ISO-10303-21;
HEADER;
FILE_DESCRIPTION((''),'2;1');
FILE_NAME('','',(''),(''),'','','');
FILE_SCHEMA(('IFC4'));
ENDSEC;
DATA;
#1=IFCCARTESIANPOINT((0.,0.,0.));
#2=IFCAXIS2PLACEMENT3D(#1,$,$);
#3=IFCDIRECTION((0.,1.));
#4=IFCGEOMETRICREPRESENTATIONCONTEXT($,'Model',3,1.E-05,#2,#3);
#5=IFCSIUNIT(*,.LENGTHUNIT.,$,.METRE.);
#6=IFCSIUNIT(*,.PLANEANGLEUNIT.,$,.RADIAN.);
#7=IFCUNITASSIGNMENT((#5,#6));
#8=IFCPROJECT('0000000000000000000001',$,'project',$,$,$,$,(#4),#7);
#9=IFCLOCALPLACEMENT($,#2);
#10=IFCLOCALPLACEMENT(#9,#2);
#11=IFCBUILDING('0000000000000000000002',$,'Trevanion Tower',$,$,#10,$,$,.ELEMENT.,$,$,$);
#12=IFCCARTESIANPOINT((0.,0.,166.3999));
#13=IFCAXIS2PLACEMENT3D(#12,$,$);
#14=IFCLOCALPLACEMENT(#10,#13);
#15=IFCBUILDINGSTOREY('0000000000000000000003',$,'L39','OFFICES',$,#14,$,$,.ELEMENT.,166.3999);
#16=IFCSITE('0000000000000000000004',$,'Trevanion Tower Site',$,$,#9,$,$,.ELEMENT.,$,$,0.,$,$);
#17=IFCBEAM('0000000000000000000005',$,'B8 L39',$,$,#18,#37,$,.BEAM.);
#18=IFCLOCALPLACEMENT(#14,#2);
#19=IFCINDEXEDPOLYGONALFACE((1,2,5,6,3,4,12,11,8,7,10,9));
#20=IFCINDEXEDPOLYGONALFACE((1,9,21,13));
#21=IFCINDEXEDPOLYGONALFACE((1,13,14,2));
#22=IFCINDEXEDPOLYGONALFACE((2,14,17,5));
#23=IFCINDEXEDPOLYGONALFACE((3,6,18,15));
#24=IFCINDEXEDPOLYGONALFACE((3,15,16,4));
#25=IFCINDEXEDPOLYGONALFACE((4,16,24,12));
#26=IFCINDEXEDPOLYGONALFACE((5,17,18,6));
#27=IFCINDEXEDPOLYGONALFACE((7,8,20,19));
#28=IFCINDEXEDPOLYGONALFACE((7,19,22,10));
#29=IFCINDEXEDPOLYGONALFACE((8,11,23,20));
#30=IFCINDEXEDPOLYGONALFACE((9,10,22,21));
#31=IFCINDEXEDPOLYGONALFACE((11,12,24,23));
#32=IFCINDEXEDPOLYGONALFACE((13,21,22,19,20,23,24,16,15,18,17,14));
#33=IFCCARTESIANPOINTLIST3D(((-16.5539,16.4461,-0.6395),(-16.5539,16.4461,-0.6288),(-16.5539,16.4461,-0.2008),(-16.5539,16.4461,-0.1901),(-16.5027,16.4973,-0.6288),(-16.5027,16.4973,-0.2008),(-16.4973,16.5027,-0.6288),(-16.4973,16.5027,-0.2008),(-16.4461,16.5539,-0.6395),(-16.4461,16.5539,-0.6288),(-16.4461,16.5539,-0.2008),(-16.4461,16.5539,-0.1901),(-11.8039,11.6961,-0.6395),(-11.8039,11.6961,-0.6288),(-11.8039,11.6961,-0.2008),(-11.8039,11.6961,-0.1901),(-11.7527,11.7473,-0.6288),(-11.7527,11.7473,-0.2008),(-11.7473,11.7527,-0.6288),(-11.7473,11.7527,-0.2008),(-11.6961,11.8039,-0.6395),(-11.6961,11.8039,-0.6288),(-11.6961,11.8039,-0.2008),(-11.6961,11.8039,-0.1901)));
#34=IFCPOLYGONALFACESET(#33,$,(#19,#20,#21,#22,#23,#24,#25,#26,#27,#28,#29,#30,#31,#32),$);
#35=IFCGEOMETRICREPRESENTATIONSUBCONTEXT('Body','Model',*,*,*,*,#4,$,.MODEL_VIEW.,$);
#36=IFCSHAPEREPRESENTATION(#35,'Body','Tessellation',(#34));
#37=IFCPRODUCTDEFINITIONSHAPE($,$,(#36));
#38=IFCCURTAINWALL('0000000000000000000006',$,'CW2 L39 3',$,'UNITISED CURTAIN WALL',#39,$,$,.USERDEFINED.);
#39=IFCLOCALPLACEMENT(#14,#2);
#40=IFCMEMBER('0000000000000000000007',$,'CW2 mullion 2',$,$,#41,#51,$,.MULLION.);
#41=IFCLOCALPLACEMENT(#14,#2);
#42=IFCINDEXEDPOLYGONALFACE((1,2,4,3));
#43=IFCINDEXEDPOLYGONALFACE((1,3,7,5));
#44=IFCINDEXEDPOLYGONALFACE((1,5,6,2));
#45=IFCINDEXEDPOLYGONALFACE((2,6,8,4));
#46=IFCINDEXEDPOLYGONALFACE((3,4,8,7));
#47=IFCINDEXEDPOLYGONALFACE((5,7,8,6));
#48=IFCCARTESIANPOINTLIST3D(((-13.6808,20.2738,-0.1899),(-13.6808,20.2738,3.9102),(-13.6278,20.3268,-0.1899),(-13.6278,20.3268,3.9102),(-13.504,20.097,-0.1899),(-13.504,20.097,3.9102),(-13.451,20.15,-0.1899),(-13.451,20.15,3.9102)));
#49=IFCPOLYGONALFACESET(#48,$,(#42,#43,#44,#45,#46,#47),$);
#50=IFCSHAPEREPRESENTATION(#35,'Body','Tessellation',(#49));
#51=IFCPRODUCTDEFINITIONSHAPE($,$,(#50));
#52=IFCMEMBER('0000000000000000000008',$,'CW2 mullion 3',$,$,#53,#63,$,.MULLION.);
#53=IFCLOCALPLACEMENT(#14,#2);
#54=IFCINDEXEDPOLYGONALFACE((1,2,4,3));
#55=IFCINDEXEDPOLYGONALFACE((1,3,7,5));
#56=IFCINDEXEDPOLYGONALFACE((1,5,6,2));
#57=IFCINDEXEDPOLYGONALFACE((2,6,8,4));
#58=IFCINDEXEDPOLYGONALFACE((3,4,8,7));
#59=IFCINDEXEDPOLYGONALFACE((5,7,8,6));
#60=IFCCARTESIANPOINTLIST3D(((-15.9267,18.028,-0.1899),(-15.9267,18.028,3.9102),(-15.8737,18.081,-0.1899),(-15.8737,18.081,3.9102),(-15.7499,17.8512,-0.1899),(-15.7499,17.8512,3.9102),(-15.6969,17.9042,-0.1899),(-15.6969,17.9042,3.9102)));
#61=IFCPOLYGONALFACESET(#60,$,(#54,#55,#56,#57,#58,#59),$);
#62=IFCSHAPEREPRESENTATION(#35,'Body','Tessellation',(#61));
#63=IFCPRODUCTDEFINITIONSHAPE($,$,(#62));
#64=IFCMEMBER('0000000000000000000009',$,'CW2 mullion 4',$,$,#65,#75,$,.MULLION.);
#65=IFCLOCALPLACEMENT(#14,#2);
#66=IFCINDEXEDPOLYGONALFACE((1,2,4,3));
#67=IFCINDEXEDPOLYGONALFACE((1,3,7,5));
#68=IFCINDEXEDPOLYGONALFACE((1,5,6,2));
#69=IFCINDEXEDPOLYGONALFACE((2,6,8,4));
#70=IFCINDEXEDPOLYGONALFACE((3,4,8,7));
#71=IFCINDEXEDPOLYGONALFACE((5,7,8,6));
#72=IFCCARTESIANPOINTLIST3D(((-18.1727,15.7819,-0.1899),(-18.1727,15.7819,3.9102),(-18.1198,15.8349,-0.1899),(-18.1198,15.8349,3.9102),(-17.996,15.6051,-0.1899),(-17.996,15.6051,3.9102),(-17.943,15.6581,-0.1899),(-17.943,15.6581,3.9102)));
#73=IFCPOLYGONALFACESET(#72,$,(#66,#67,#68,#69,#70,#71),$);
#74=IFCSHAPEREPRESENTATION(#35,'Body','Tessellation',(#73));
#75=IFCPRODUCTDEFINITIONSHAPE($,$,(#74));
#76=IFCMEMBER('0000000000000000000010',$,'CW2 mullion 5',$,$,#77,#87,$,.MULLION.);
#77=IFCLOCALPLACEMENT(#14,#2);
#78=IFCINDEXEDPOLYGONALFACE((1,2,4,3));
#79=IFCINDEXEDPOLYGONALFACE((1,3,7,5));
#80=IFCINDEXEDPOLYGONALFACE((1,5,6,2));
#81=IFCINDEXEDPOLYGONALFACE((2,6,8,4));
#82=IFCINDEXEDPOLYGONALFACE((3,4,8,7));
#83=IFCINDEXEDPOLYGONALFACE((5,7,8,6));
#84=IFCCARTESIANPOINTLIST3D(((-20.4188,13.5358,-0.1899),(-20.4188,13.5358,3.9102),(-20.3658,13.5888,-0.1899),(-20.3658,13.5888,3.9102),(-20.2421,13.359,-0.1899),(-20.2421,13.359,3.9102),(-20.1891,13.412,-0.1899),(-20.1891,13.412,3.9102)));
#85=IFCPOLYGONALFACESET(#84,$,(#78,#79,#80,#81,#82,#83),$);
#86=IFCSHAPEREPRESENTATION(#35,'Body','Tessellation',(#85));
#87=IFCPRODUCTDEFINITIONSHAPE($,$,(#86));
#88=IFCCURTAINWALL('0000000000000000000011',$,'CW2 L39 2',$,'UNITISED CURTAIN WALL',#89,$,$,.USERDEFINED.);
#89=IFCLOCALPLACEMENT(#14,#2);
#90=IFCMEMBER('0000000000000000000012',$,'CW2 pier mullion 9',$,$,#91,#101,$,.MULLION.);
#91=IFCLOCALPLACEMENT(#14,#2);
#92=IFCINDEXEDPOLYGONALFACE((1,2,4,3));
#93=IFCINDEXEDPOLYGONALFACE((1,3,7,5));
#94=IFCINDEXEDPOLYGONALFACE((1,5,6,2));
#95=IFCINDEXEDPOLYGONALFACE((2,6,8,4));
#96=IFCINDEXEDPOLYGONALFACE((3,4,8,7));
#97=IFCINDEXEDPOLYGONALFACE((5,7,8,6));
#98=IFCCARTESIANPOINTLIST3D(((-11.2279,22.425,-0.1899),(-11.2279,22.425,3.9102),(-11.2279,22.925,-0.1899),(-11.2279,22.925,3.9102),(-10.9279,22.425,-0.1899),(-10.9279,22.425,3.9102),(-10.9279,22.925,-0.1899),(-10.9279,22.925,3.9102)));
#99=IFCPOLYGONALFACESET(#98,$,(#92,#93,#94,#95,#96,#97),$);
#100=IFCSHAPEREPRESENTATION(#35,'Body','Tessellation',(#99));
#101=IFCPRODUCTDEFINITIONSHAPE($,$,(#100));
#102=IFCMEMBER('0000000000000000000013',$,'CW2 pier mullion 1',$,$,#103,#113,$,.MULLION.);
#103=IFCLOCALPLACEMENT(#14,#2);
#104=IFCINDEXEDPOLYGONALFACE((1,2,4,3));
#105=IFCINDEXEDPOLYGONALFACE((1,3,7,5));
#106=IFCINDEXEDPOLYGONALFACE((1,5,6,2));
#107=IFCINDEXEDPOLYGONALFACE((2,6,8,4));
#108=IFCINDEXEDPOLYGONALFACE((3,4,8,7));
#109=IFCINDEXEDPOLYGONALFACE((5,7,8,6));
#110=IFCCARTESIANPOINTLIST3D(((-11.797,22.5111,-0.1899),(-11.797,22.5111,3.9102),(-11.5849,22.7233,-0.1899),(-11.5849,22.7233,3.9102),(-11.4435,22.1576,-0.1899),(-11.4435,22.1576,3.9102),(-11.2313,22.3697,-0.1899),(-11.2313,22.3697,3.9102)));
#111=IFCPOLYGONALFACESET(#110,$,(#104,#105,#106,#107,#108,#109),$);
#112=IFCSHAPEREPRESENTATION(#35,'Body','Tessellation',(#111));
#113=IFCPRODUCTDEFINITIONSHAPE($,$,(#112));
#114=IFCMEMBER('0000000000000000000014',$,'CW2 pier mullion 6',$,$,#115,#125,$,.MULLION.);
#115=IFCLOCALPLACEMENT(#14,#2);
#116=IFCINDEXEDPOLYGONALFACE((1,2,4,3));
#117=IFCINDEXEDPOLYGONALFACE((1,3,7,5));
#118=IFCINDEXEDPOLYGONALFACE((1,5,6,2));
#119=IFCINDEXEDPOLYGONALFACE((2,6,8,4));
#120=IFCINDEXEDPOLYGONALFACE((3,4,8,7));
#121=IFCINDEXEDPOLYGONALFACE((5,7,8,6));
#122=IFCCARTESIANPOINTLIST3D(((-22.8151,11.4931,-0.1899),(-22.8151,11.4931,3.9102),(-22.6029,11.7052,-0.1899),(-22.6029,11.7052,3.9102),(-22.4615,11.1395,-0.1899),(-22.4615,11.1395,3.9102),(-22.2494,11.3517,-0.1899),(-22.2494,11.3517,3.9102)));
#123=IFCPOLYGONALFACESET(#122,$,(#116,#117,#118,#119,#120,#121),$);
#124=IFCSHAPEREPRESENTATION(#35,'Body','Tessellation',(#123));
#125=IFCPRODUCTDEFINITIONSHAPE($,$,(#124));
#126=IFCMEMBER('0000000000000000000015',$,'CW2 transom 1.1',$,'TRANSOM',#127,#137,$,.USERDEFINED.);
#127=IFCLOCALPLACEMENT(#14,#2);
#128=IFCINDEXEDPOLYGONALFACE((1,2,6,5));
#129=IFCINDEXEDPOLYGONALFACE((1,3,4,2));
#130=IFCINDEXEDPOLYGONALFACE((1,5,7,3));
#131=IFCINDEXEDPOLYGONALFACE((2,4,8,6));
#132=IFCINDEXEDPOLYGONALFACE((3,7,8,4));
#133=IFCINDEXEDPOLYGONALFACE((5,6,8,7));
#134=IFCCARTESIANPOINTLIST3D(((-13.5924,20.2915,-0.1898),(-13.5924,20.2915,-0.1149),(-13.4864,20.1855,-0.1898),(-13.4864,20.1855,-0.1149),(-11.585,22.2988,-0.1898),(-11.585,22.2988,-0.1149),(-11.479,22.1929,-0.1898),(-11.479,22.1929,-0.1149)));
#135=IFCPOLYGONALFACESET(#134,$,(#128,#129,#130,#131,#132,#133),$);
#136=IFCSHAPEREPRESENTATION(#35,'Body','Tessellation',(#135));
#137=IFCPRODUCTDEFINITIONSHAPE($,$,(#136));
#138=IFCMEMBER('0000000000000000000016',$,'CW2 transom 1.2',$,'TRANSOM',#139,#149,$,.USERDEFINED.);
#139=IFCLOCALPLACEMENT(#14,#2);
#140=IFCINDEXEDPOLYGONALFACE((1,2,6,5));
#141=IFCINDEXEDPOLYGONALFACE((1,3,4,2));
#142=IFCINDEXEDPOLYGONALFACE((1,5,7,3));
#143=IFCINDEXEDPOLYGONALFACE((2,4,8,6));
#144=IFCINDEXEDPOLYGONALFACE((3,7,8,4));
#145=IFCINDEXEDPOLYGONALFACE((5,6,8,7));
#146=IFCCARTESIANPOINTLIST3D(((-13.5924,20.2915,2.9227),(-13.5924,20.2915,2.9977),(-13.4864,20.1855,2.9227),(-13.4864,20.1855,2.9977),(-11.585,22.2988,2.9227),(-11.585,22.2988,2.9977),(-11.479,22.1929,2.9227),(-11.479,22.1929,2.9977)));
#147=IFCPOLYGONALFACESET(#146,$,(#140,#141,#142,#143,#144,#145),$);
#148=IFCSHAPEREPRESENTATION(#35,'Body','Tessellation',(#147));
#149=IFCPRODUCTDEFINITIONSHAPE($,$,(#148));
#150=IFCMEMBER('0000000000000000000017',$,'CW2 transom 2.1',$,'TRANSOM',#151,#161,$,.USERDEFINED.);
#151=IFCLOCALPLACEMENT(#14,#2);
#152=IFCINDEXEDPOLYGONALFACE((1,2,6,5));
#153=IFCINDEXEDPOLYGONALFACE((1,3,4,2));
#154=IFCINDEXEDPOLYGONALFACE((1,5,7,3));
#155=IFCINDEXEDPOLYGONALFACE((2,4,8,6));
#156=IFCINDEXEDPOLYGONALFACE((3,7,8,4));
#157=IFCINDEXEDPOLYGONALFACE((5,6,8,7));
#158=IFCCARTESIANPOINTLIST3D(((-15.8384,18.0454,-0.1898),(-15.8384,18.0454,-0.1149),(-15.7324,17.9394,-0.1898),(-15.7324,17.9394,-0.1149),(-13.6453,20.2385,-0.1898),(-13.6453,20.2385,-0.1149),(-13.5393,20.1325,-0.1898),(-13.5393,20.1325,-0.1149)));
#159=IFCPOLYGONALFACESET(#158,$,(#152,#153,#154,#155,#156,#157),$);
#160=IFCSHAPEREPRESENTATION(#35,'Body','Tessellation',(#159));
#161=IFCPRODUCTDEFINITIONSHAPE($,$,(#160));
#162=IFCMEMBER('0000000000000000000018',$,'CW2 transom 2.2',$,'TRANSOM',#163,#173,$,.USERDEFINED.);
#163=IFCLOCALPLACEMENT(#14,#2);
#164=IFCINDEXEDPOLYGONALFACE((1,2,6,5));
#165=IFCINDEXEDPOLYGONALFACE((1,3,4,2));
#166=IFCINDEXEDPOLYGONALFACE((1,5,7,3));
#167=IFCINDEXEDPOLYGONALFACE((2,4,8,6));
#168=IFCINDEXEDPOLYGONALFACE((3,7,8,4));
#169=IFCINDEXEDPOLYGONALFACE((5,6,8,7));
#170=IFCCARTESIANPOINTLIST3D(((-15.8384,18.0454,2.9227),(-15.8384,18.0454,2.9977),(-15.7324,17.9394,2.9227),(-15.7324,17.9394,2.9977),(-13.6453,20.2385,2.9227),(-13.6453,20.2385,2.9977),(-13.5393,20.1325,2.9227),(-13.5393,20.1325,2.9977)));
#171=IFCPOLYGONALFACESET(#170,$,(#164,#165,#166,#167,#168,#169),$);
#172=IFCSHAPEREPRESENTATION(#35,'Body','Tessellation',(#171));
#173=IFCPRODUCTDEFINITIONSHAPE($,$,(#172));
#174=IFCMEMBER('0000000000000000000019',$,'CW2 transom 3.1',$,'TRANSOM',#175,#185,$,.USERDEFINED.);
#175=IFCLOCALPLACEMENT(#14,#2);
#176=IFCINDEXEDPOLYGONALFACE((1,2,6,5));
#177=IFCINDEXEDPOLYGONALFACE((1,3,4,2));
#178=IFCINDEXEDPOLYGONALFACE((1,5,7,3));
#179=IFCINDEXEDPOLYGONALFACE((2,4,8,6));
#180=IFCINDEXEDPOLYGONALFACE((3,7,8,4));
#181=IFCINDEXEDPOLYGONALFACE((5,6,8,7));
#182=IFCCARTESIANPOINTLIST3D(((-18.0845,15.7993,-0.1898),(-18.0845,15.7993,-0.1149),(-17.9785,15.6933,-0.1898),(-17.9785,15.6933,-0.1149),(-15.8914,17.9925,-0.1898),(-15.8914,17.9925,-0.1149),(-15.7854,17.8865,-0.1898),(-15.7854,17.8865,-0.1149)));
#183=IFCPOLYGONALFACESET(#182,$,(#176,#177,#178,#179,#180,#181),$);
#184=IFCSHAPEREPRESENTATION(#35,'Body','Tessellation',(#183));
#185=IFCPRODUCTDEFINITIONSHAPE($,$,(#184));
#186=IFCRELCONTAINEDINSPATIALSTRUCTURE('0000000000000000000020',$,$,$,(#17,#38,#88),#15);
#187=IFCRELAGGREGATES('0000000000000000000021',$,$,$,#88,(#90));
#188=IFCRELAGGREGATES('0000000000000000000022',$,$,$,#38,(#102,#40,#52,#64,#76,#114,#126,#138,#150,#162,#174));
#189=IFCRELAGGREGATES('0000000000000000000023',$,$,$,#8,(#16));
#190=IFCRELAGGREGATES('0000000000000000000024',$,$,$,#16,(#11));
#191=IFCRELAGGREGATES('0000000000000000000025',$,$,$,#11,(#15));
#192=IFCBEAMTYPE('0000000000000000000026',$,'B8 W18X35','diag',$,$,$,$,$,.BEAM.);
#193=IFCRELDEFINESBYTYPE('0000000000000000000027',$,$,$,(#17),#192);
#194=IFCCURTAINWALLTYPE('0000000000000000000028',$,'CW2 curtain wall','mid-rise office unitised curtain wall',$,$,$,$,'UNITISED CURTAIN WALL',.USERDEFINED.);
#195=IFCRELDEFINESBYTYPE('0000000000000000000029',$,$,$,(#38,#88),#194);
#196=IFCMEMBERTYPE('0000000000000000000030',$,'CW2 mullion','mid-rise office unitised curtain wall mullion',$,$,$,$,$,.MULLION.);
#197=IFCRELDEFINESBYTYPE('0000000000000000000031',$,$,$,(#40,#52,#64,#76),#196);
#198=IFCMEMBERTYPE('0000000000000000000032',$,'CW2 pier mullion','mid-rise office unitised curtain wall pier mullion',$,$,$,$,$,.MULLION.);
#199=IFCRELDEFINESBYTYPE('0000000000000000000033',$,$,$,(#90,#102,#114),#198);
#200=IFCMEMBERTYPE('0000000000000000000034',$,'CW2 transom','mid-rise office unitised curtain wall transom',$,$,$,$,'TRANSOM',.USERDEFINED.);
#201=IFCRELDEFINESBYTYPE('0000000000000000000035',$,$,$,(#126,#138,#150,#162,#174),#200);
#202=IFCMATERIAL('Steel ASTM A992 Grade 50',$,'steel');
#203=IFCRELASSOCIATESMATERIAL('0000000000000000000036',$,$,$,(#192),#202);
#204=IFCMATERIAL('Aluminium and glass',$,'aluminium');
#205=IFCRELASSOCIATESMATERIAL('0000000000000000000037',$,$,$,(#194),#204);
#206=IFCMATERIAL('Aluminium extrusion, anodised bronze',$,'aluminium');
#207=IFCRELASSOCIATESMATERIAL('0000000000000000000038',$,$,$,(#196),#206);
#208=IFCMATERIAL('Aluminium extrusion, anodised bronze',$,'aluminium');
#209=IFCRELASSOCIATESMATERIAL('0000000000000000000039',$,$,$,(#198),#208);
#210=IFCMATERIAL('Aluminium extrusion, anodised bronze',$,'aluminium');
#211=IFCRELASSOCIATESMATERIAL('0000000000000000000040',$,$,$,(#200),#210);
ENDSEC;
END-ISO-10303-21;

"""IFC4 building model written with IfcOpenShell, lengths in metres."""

from ifc_helpers import new_model, si_unit, direction, frame, origin, origin_2d, place, context, subcontext, project, spatial, rectangle, i_section, extrude, material, material_profile, profile_set, type_object, element, aggregate, save


model = new_model("IFC4")

# Units and contexts
model_context = context("Model", 3, precision=1e-05, world=origin(), true_north=direction((0.0, 1.0)))
body_context = subcontext(model_context, "Body", "Model", "MODEL_VIEW")
ifc_project = project(units=[si_unit("LENGTHUNIT", "METRE"), si_unit("PLANEANGLEUNIT", "RADIAN")], contexts=[model_context])

# Site, building, storey
site_placement = place(None, origin())
site = spatial("IfcSite", under=ifc_project, at=site_placement, Name="Trevanion Tower Site", CompositionType="ELEMENT", RefElevation=0.0)
building_placement = place(site_placement, origin())
building = spatial("IfcBuilding", under=site, at=building_placement, Name="Trevanion Tower", CompositionType="ELEMENT")
storey_placement = place(building_placement, frame((0.0, 0.0, 166.3999)))
storey = spatial("IfcBuildingStorey", under=building, at=storey_placement, Name="L39", Description="OFFICES", CompositionType="ELEMENT", Elevation=166.3999)

# Beam
ifc_material_1 = material(Name="Steel ASTM A992 Grade 50", Category="steel")
ifc_material_profile_1 = material_profile(ifc_material_1, i_section(OverallWidth=0.1523, OverallDepth=0.4495, WebThickness=0.0076, FlangeThickness=0.0107, at=origin_2d()), Name="W18X35")
ifc_profile_set_1 = profile_set([ifc_material_profile_1], Name="Steel ASTM A992 Grade 50")
beam_type_1 = type_object("IfcBeamType", Name="B8 W18X35", Description="diag", PredefinedType="BEAM", material=ifc_profile_set_1)
beam_1_placement = place(storey_placement, frame((-11.75, 11.75, -0.4148), z_axis=(-0.707107, 0.707107, 0.0), x_axis=(-0.707107, -0.707107, 0.0)))
element("IfcBeam", 1, at=beam_1_placement, inside=storey, type_object=beam_type_1, Name="B8 L39", PredefinedType="BEAM", context=body_context, shape_type="SweptSolid", body=[
    extrude(i_section(OverallWidth=0.1523, OverallDepth=0.4495, WebThickness=0.0076, FlangeThickness=0.0107, at=origin_2d()), origin(), (0.0, 0.0, 1.0), 6.7175),
])

# Curtain wall, members
ifc_material_2 = material(Name="Aluminium and glass", Category="aluminium")
curtain_wall_type = type_object("IfcCurtainWallType", Name="CW2 curtain wall", Description="mid-rise office unitised curtain wall", ElementType="UNITISED CURTAIN WALL", PredefinedType="USERDEFINED", material=ifc_material_2)
curtain_wall_1_placement = place(storey_placement, origin())
curtain_wall_1 = element("IfcCurtainWall", 2, at=curtain_wall_1_placement, inside=storey, type_object=curtain_wall_type, Name="CW2 L39 3", ObjectType="UNITISED CURTAIN WALL", PredefinedType="USERDEFINED")
ifc_material_3 = material(Name="Aluminium extrusion, anodised bronze", Category="aluminium")
ifc_material_profile_2 = material_profile(ifc_material_3, rectangle(XDim=0.075, YDim=0.25, at=origin_2d()), Name="CW2 mullion")
ifc_profile_set_2 = profile_set([ifc_material_profile_2], Name="Aluminium extrusion, anodised bronze")
member_type_1 = type_object("IfcMemberType", Name="CW2 mullion", Description="mid-rise office unitised curtain wall mullion", PredefinedType="MULLION", material=ifc_profile_set_2)
member_1_placement = place(storey_placement, frame((-13.5659, 20.2119, -0.1899), z_axis=(0.0, 0.0, 1.0), x_axis=(-0.707107, -0.707107, 0.0)))
member_1 = element("IfcMember", 3, at=member_1_placement, type_object=member_type_1, Name="CW2 mullion 2", PredefinedType="MULLION", context=body_context, shape_type="SweptSolid", body=[
    extrude(rectangle(XDim=0.075, YDim=0.25, at=origin_2d()), origin(), (0.0, 0.0, 1.0), 4.1001),
])
member_2_placement = place(storey_placement, frame((-15.8118, 17.9661, -0.1899), z_axis=(0.0, 0.0, 1.0), x_axis=(-0.707107, -0.707107, 0.0)))
member_2 = element("IfcMember", 4, at=member_2_placement, type_object=member_type_1, Name="CW2 mullion 3", PredefinedType="MULLION", context=body_context, shape_type="SweptSolid", body=[
    extrude(rectangle(XDim=0.075, YDim=0.25, at=origin_2d()), origin(), (0.0, 0.0, 1.0), 4.1001),
])
member_3_placement = place(storey_placement, frame((-18.0579, 15.72, -0.1899), z_axis=(0.0, 0.0, 1.0), x_axis=(-0.707107, -0.707107, 0.0)))
member_3 = element("IfcMember", 5, at=member_3_placement, type_object=member_type_1, Name="CW2 mullion 4", PredefinedType="MULLION", context=body_context, shape_type="SweptSolid", body=[
    extrude(rectangle(XDim=0.075, YDim=0.25, at=origin_2d()), origin(), (0.0, 0.0, 1.0), 4.1001),
])
member_4_placement = place(storey_placement, frame((-20.304, 13.4739, -0.1899), z_axis=(0.0, 0.0, 1.0), x_axis=(-0.707107, -0.707107, 0.0)))
member_4 = element("IfcMember", 6, at=member_4_placement, type_object=member_type_1, Name="CW2 mullion 5", PredefinedType="MULLION", context=body_context, shape_type="SweptSolid", body=[
    extrude(rectangle(XDim=0.075, YDim=0.25, at=origin_2d()), origin(), (0.0, 0.0, 1.0), 4.1001),
])

# Curtain wall, member
curtain_wall_2_placement = place(storey_placement, origin())
curtain_wall_2 = element("IfcCurtainWall", 7, at=curtain_wall_2_placement, inside=storey, type_object=curtain_wall_type, Name="CW2 L39 2", ObjectType="UNITISED CURTAIN WALL", PredefinedType="USERDEFINED")
ifc_material_4 = material(Name="Aluminium extrusion, anodised bronze", Category="aluminium")
ifc_material_profile_3 = material_profile(ifc_material_4, rectangle(XDim=0.3, YDim=0.5, at=origin_2d()), Name="CW2 pier mullion")
ifc_profile_set_3 = profile_set([ifc_material_profile_3], Name="Aluminium extrusion, anodised bronze")
member_type_2 = type_object("IfcMemberType", Name="CW2 pier mullion", Description="mid-rise office unitised curtain wall pier mullion", PredefinedType="MULLION", material=ifc_profile_set_3)
member_5_placement = place(storey_placement, frame((-11.0779, 22.675, -0.1899), z_axis=(0.0, 0.0, 1.0), x_axis=(-1.0, 0.0, 0.0)))
member_5 = element("IfcMember", 8, at=member_5_placement, type_object=member_type_2, Name="CW2 pier mullion 9", PredefinedType="MULLION", context=body_context, shape_type="SweptSolid", body=[
    extrude(rectangle(XDim=0.3, YDim=0.5, at=origin_2d()), origin(), (0.0, 0.0, 1.0), 4.1001),
])
aggregate(curtain_wall_2, [member_5])

# Members
member_6_placement = place(storey_placement, frame((-11.5142, 22.4404, -0.1899), z_axis=(0.0, 0.0, 1.0), x_axis=(-0.707107, -0.707107, 0.0)))
member_6 = element("IfcMember", 9, at=member_6_placement, type_object=member_type_2, Name="CW2 pier mullion 1", PredefinedType="MULLION", context=body_context, shape_type="SweptSolid", body=[
    extrude(rectangle(XDim=0.3, YDim=0.5, at=origin_2d()), origin(), (0.0, 0.0, 1.0), 4.1001),
])
member_7_placement = place(storey_placement, frame((-22.5322, 11.4224, -0.1899), z_axis=(0.0, 0.0, 1.0), x_axis=(-0.707107, -0.707107, 0.0)))
member_7 = element("IfcMember", 10, at=member_7_placement, type_object=member_type_2, Name="CW2 pier mullion 6", PredefinedType="MULLION", context=body_context, shape_type="SweptSolid", body=[
    extrude(rectangle(XDim=0.3, YDim=0.5, at=origin_2d()), origin(), (0.0, 0.0, 1.0), 4.1001),
])
ifc_material_5 = material(Name="Aluminium extrusion, anodised bronze", Category="aluminium")
ifc_material_profile_4 = material_profile(ifc_material_5, rectangle(XDim=0.1499, YDim=0.075, at=origin_2d()), Name="CW2 transom")
ifc_profile_set_4 = profile_set([ifc_material_profile_4], Name="Aluminium extrusion, anodised bronze")
member_type_3 = type_object("IfcMemberType", Name="CW2 transom", Description="mid-rise office unitised curtain wall transom", ElementType="TRANSOM", PredefinedType="USERDEFINED", material=ifc_profile_set_4)
member_8_placement = place(storey_placement, frame((-11.532, 22.2458, -0.1523), z_axis=(-0.707107, -0.707107, 0.0), x_axis=(0.707107, -0.707107, 0.0)))
member_8 = element("IfcMember", 11, at=member_8_placement, type_object=member_type_3, Name="CW2 transom 1.1", ObjectType="TRANSOM", PredefinedType="USERDEFINED", context=body_context, shape_type="SweptSolid", body=[
    extrude(rectangle(XDim=0.1499, YDim=0.075, at=origin_2d()), origin(), (0.0, 0.0, 1.0), 2.8389),
])
member_9_placement = place(storey_placement, frame((-11.532, 22.2458, 2.9602), z_axis=(-0.707107, -0.707107, 0.0), x_axis=(0.707107, -0.707107, 0.0)))
member_9 = element("IfcMember", 12, at=member_9_placement, type_object=member_type_3, Name="CW2 transom 1.2", ObjectType="TRANSOM", PredefinedType="USERDEFINED", context=body_context, shape_type="SweptSolid", body=[
    extrude(rectangle(XDim=0.1499, YDim=0.075, at=origin_2d()), origin(), (0.0, 0.0, 1.0), 2.8389),
])
member_10_placement = place(storey_placement, frame((-13.5923, 20.1855, -0.1523), z_axis=(-0.707107, -0.707107, 0.0), x_axis=(0.707107, -0.707107, 0.0)))
member_10 = element("IfcMember", 13, at=member_10_placement, type_object=member_type_3, Name="CW2 transom 2.1", ObjectType="TRANSOM", PredefinedType="USERDEFINED", context=body_context, shape_type="SweptSolid", body=[
    extrude(rectangle(XDim=0.1499, YDim=0.075, at=origin_2d()), origin(), (0.0, 0.0, 1.0), 3.1016),
])
member_11_placement = place(storey_placement, frame((-13.5923, 20.1855, 2.9602), z_axis=(-0.707107, -0.707107, 0.0), x_axis=(0.707107, -0.707107, 0.0)))
member_11 = element("IfcMember", 14, at=member_11_placement, type_object=member_type_3, Name="CW2 transom 2.2", ObjectType="TRANSOM", PredefinedType="USERDEFINED", context=body_context, shape_type="SweptSolid", body=[
    extrude(rectangle(XDim=0.1499, YDim=0.075, at=origin_2d()), origin(), (0.0, 0.0, 1.0), 3.1016),
])
member_12_placement = place(storey_placement, frame((-15.8384, 17.9395, -0.1523), z_axis=(-0.707107, -0.707107, 0.0), x_axis=(0.707107, -0.707107, 0.0)))
member_12 = element("IfcMember", 15, at=member_12_placement, type_object=member_type_3, Name="CW2 transom 3.1", ObjectType="TRANSOM", PredefinedType="USERDEFINED", context=body_context, shape_type="SweptSolid", body=[
    extrude(rectangle(XDim=0.1499, YDim=0.075, at=origin_2d()), origin(), (0.0, 0.0, 1.0), 3.1016),
])

aggregate(curtain_wall_1, [member_6, member_1, member_2, member_3, member_4, member_7, member_8, member_9, member_10, member_11, member_12])

save(model, "model.ifc")
